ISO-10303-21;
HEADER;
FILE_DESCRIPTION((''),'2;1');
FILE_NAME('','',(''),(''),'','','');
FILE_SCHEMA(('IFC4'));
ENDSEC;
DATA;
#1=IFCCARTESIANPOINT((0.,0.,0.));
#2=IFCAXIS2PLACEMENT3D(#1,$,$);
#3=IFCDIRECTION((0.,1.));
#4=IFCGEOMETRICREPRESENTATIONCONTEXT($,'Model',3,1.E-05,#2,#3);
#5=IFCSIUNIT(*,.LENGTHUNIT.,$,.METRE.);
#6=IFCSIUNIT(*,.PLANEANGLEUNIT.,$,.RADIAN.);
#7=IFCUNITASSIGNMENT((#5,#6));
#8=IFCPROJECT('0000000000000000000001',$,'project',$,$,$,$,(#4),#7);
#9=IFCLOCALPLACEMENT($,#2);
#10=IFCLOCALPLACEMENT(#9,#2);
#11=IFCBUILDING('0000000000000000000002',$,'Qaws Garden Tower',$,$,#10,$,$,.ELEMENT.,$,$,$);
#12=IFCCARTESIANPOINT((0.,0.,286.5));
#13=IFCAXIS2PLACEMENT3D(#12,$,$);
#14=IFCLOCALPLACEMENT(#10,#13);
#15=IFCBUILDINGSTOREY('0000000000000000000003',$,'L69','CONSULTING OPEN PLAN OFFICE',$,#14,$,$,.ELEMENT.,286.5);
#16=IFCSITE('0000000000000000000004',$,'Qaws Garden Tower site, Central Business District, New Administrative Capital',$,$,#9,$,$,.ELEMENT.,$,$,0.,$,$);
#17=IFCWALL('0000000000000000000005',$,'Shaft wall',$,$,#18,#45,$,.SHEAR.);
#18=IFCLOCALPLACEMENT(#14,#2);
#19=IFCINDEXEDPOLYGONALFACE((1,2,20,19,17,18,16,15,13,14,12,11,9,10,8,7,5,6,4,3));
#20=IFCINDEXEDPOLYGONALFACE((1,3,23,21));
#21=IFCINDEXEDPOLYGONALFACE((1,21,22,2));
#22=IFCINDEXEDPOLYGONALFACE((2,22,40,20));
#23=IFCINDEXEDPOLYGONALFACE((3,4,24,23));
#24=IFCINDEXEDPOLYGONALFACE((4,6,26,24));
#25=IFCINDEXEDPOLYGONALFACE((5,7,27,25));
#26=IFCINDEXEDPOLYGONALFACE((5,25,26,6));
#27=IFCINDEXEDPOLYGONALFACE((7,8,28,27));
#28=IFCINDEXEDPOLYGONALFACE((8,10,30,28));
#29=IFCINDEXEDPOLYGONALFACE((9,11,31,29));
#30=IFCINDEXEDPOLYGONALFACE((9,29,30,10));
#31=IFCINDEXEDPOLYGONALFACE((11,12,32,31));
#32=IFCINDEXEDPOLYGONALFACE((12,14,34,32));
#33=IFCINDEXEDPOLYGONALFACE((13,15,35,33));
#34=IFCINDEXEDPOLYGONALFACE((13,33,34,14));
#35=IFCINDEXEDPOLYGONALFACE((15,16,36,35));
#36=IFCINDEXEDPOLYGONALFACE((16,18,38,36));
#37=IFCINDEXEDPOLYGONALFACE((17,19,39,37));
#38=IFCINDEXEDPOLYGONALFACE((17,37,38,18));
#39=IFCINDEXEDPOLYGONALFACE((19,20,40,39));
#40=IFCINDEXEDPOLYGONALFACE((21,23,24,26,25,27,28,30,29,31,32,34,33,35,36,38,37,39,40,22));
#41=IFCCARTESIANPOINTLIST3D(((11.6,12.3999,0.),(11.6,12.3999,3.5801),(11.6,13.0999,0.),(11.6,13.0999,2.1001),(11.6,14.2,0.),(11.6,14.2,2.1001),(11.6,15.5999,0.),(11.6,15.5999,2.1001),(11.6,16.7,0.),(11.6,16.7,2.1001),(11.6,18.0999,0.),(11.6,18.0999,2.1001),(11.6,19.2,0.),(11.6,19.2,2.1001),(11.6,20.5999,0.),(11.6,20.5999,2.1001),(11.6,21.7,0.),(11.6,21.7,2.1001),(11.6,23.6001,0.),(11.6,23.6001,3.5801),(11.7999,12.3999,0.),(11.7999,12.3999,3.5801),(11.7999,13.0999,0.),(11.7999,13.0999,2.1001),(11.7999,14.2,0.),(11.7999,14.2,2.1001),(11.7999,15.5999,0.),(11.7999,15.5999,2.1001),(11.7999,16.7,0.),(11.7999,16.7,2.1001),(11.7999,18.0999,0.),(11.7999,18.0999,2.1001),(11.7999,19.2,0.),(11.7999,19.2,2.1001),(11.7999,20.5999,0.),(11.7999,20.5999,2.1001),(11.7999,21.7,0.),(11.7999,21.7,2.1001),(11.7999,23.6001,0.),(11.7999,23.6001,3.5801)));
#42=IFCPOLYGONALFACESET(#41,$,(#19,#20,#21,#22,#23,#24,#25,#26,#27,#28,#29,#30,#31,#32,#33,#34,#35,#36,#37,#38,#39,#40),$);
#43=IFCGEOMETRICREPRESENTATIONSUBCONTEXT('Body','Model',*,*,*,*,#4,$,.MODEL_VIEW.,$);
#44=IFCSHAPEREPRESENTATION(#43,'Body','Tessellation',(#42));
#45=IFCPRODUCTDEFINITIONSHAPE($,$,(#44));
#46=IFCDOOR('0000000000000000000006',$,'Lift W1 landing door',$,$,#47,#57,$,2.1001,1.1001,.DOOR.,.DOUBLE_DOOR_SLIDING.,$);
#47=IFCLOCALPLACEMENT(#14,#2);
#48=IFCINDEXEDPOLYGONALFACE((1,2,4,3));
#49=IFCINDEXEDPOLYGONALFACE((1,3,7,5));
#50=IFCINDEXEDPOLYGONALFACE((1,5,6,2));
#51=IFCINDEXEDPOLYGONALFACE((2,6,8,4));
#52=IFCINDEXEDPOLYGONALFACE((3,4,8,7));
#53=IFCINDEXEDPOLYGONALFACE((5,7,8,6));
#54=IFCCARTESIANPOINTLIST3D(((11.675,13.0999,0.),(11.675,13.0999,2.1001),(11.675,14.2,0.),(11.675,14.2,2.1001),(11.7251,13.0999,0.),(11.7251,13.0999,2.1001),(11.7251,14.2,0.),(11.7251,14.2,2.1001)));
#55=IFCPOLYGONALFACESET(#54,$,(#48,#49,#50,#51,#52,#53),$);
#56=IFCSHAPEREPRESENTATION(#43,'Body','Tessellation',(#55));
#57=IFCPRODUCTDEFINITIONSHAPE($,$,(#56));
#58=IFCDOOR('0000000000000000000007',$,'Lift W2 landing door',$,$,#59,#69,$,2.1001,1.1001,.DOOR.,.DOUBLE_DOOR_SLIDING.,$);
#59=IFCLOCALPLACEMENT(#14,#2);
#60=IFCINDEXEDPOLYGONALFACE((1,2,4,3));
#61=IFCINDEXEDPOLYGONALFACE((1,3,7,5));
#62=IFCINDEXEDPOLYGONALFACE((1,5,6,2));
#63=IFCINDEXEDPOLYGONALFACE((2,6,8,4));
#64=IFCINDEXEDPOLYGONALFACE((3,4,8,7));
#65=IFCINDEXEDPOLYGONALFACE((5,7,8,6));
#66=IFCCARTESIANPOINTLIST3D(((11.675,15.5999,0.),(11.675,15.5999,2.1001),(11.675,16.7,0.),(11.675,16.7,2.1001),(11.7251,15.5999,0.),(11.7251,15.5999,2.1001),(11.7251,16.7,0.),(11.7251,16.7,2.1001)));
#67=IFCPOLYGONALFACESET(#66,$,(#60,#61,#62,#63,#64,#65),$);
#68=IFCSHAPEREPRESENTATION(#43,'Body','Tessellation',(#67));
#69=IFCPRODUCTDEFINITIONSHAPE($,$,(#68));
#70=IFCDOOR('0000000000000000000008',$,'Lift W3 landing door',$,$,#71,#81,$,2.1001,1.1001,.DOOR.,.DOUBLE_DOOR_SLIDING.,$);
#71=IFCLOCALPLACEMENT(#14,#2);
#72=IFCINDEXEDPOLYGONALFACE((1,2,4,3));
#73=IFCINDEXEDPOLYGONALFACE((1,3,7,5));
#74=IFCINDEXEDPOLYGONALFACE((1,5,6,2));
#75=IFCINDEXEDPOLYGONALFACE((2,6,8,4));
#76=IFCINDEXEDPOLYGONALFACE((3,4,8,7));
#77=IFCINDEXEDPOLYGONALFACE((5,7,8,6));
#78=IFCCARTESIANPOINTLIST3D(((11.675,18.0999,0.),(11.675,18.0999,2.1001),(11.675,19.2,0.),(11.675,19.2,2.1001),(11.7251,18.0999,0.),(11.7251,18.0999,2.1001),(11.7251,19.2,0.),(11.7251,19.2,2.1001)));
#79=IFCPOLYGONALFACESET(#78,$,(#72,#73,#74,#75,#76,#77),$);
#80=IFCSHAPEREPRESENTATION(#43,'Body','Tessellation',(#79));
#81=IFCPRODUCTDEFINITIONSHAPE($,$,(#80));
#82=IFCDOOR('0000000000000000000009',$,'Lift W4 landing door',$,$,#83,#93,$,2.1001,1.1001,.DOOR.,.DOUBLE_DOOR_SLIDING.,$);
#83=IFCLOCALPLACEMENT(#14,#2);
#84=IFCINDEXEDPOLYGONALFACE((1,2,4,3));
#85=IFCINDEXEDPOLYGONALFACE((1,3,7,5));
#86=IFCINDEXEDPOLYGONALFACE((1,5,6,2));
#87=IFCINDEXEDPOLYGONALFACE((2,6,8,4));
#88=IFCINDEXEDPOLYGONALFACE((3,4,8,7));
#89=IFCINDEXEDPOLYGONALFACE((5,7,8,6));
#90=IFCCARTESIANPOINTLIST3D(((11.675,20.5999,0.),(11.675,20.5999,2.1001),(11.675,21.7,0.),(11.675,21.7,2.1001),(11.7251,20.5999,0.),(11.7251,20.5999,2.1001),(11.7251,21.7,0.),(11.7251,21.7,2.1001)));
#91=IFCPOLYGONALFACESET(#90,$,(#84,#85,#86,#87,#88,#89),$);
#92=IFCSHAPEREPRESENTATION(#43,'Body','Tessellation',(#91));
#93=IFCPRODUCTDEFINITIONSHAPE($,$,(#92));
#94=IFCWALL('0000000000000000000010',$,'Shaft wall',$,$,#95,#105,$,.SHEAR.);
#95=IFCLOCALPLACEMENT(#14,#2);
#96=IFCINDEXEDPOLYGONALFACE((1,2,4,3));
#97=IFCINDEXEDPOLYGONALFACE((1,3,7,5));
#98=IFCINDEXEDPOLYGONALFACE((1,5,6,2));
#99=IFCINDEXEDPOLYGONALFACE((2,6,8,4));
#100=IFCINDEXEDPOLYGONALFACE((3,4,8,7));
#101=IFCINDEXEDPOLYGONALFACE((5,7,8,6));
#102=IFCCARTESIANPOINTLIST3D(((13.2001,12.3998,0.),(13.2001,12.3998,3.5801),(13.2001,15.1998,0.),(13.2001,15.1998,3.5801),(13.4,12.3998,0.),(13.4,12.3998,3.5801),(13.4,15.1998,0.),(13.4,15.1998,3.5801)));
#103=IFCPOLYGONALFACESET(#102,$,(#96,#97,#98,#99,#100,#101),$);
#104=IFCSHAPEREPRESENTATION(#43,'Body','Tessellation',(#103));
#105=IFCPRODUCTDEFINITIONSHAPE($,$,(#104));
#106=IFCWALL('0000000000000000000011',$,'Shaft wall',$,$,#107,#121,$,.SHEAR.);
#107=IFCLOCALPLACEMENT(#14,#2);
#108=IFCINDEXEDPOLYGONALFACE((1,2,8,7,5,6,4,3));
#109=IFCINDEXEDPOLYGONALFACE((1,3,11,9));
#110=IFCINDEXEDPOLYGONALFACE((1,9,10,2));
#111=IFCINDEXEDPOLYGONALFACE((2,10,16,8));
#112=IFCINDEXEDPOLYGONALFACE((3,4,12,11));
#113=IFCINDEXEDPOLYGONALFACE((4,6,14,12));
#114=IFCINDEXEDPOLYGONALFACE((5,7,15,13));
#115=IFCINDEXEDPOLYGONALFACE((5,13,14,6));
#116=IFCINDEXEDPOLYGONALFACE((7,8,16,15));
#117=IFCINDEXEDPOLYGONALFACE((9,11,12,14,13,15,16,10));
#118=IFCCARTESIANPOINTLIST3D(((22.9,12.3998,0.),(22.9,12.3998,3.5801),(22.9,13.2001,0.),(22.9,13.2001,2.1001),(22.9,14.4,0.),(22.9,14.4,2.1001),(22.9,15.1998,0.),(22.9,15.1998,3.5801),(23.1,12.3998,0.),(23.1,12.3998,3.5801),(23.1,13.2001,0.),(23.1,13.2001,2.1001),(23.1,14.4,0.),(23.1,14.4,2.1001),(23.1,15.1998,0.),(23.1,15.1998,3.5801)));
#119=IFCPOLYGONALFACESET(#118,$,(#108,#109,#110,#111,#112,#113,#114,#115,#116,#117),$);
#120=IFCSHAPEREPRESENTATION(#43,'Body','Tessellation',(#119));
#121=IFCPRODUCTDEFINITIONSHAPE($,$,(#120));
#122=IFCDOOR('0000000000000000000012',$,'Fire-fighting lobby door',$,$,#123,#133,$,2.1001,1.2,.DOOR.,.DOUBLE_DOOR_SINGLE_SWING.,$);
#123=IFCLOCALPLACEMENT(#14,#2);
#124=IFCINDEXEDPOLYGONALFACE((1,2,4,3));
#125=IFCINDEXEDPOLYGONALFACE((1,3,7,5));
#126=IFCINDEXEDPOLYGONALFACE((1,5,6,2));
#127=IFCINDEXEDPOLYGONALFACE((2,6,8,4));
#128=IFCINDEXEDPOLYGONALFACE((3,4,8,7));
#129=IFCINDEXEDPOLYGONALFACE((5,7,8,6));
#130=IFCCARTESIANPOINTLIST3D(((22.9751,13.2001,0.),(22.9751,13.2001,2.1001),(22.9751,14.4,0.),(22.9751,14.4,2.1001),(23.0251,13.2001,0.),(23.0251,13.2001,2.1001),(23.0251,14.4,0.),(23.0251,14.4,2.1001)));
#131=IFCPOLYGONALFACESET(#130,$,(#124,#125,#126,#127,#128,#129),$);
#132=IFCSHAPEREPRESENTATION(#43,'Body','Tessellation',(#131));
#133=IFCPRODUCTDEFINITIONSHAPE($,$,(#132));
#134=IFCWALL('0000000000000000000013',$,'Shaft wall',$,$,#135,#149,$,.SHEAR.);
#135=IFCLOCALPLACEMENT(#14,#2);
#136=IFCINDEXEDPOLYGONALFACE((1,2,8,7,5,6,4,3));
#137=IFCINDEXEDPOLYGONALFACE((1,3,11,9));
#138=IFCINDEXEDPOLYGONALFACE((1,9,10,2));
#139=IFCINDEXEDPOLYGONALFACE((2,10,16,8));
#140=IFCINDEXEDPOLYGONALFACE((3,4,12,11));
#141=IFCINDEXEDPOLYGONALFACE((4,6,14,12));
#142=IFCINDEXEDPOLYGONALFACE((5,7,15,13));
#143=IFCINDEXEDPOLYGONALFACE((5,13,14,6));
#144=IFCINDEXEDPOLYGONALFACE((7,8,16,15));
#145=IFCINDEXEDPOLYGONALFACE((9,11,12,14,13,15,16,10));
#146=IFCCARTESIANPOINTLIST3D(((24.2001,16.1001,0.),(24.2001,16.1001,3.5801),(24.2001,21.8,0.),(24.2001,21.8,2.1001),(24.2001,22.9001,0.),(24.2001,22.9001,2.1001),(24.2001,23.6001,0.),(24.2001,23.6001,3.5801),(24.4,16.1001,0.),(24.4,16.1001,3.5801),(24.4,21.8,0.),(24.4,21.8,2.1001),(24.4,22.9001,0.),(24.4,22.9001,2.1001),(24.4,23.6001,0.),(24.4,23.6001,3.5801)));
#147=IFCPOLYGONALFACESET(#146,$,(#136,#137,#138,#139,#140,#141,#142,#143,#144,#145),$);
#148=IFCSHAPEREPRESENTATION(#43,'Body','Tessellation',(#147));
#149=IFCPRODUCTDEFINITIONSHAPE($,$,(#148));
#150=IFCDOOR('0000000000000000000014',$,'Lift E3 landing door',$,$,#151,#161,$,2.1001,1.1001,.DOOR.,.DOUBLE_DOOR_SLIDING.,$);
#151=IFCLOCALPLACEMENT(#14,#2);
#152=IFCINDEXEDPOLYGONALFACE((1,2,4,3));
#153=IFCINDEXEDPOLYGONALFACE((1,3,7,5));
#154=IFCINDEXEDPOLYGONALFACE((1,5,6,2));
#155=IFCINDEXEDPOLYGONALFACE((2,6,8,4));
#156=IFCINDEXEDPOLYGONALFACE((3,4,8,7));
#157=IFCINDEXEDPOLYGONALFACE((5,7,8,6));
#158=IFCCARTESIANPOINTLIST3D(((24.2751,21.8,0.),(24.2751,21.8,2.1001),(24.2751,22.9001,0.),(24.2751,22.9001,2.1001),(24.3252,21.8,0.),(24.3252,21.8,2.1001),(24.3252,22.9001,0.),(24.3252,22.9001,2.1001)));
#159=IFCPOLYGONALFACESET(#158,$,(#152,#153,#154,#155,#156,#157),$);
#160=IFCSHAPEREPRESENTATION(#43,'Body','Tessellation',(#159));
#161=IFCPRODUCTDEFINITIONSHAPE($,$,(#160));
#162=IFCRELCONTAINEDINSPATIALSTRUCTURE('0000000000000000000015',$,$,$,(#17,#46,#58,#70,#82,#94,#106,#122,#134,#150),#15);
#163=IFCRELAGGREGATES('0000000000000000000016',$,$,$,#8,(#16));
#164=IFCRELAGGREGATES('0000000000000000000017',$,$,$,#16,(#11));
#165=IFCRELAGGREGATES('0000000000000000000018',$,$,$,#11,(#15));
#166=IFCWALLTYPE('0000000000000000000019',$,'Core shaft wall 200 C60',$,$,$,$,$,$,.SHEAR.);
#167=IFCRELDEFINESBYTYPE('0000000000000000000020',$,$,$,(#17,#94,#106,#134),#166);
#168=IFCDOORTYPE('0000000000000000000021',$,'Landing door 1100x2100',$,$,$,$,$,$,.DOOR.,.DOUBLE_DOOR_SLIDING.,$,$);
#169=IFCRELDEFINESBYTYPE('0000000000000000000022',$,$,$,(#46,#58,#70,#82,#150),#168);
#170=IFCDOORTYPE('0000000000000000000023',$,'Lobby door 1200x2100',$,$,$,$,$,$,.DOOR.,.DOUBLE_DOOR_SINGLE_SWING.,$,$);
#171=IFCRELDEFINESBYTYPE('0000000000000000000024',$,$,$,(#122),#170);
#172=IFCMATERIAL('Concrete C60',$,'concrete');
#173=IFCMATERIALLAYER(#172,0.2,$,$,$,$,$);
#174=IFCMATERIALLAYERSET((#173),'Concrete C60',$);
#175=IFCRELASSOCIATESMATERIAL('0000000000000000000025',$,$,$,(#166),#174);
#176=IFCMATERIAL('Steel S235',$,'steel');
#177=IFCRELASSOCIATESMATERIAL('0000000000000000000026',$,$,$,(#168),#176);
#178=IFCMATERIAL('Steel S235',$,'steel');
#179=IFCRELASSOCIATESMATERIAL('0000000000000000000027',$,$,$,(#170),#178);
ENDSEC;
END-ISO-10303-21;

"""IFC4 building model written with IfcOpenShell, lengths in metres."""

from ifc_helpers import new_model, si_unit, direction, frame, frame_2d, origin, place, context, subcontext, project, spatial, rectangle, extrude, material, layer, layer_set, type_object, element, fill, save


model = new_model("IFC4")

# Units and contexts
model_context = context("Model", 3, precision=1e-05, world=origin(), true_north=direction((0.0, 1.0)))
body_context = subcontext(model_context, "Body", "Model", "MODEL_VIEW")
ifc_project = project(units=[si_unit("LENGTHUNIT", "METRE"), si_unit("PLANEANGLEUNIT", "RADIAN")], contexts=[model_context])

# Site, building, storey
site_placement = place(None, origin())
site = spatial("IfcSite", under=ifc_project, at=site_placement, Name="Qaws Garden Tower site, Central Business District, New Administrative Capital", CompositionType="ELEMENT", RefElevation=0.0)
building_placement = place(site_placement, origin())
building = spatial("IfcBuilding", under=site, at=building_placement, Name="Qaws Garden Tower", CompositionType="ELEMENT")
storey_placement = place(building_placement, frame((0.0, 0.0, 286.5)))
storey = spatial("IfcBuildingStorey", under=building, at=storey_placement, Name="L69", Description="CONSULTING OPEN PLAN OFFICE", CompositionType="ELEMENT", Elevation=286.5)

# Shared definitions
ifc_material_1 = material(Name="Concrete C60", Category="concrete")
ifc_layer_1 = layer(ifc_material_1, 0.2)
ifc_layer_set_1 = layer_set([ifc_layer_1], Name="Concrete C60")
wall_type_1 = type_object("IfcWallType", Name="Core shaft wall 200 C60", PredefinedType="SHEAR", material=ifc_layer_set_1)
ifc_material_2 = material(Name="Steel S235", Category="steel")
door_type_1 = type_object("IfcDoorType", Name="Landing door 1100x2100", OperationType="DOUBLE_DOOR_SLIDING", PredefinedType="DOOR", material=ifc_material_2)

# Wall, openings, doors
wall_1_placement = place(storey_placement, frame((11.7, 12.3999, 0.0), z_axis=(0.0, 0.0, 1.0), x_axis=(0.0, 1.0, 0.0)))
wall_1 = element("IfcWall", 1, at=wall_1_placement, inside=storey, type_object=wall_type_1, Name="Shaft wall", PredefinedType="SHEAR", context=body_context, shape_type="SweptSolid", body=[
    extrude(rectangle(XDim=11.2002, YDim=0.2, at=frame_2d((5.6001, 0.0))), origin(), (0.0, 0.0, 1.0), 3.5801),
])
opening_1_placement = place(wall_1_placement, frame((0.7, 0.0, 0.0)))
opening_1 = element("IfcOpeningElement", 2, at=opening_1_placement, cuts=wall_1, PredefinedType="OPENING", context=body_context, shape_type="SweptSolid", body=[
    extrude(rectangle(XDim=1.1001, YDim=2.1001, at=frame_2d((0.55, 1.05))), frame((0.0, 0.1099, 0.0), z_axis=(0.0, -1.0, 0.0), x_axis=(1.0, 0.0, 0.0)), (0.0, 0.0, 1.0), 0.22),
])
opening_2_placement = place(wall_1_placement, frame((3.2, 0.0, 0.0)))
opening_2 = element("IfcOpeningElement", 3, at=opening_2_placement, cuts=wall_1, PredefinedType="OPENING", context=body_context, shape_type="SweptSolid", body=[
    extrude(rectangle(XDim=1.1001, YDim=2.1001, at=frame_2d((0.55, 1.05))), frame((0.0, 0.1099, 0.0), z_axis=(0.0, -1.0, 0.0), x_axis=(1.0, 0.0, 0.0)), (0.0, 0.0, 1.0), 0.22),
])
opening_3_placement = place(wall_1_placement, frame((5.7, 0.0, 0.0)))
opening_3 = element("IfcOpeningElement", 4, at=opening_3_placement, cuts=wall_1, PredefinedType="OPENING", context=body_context, shape_type="SweptSolid", body=[
    extrude(rectangle(XDim=1.1001, YDim=2.1001, at=frame_2d((0.55, 1.05))), frame((0.0, 0.1099, 0.0), z_axis=(0.0, -1.0, 0.0), x_axis=(1.0, 0.0, 0.0)), (0.0, 0.0, 1.0), 0.22),
])
opening_4_placement = place(wall_1_placement, frame((8.2, 0.0, 0.0)))
opening_4 = element("IfcOpeningElement", 5, at=opening_4_placement, cuts=wall_1, PredefinedType="OPENING", context=body_context, shape_type="SweptSolid", body=[
    extrude(rectangle(XDim=1.1001, YDim=2.1001, at=frame_2d((0.55, 1.05))), frame((0.0, 0.1099, 0.0), z_axis=(0.0, -1.0, 0.0), x_axis=(1.0, 0.0, 0.0)), (0.0, 0.0, 1.0), 0.22),
])
door_1_placement = place(opening_1_placement, origin())
door_1 = element("IfcDoor", 6, at=door_1_placement, inside=storey, type_object=door_type_1, Name="Lift W1 landing door", OperationType="DOUBLE_DOOR_SLIDING", OverallHeight=2.1001, OverallWidth=1.1001, PredefinedType="DOOR", context=body_context, shape_type="SweptSolid", body=[
    extrude(rectangle(XDim=1.1001, YDim=2.1001, at=frame_2d((0.55, 1.05))), frame((0.0, 0.0249, 0.0), z_axis=(0.0, -1.0, 0.0), x_axis=(1.0, 0.0, 0.0)), (0.0, 0.0, 1.0), 0.05),
])
fill(opening_1, door_1)
door_2_placement = place(opening_2_placement, origin())
door_2 = element("IfcDoor", 7, at=door_2_placement, inside=storey, type_object=door_type_1, Name="Lift W2 landing door", OperationType="DOUBLE_DOOR_SLIDING", OverallHeight=2.1001, OverallWidth=1.1001, PredefinedType="DOOR", context=body_context, shape_type="SweptSolid", body=[
    extrude(rectangle(XDim=1.1001, YDim=2.1001, at=frame_2d((0.55, 1.05))), frame((0.0, 0.0249, 0.0), z_axis=(0.0, -1.0, 0.0), x_axis=(1.0, 0.0, 0.0)), (0.0, 0.0, 1.0), 0.05),
])
fill(opening_2, door_2)
door_3_placement = place(opening_3_placement, origin())
door_3 = element("IfcDoor", 8, at=door_3_placement, inside=storey, type_object=door_type_1, Name="Lift W3 landing door", OperationType="DOUBLE_DOOR_SLIDING", OverallHeight=2.1001, OverallWidth=1.1001, PredefinedType="DOOR", context=body_context, shape_type="SweptSolid", body=[
    extrude(rectangle(XDim=1.1001, YDim=2.1001, at=frame_2d((0.55, 1.05))), frame((0.0, 0.0249, 0.0), z_axis=(0.0, -1.0, 0.0), x_axis=(1.0, 0.0, 0.0)), (0.0, 0.0, 1.0), 0.05),
])
fill(opening_3, door_3)
door_4_placement = place(opening_4_placement, origin())
door_4 = element("IfcDoor", 9, at=door_4_placement, inside=storey, type_object=door_type_1, Name="Lift W4 landing door", OperationType="DOUBLE_DOOR_SLIDING", OverallHeight=2.1001, OverallWidth=1.1001, PredefinedType="DOOR", context=body_context, shape_type="SweptSolid", body=[
    extrude(rectangle(XDim=1.1001, YDim=2.1001, at=frame_2d((0.55, 1.05))), frame((0.0, 0.0249, 0.0), z_axis=(0.0, -1.0, 0.0), x_axis=(1.0, 0.0, 0.0)), (0.0, 0.0, 1.0), 0.05),
])
fill(opening_4, door_4)

# Wall
wall_2_placement = place(storey_placement, frame((13.3, 12.3999, 0.0), z_axis=(0.0, 0.0, 1.0), x_axis=(0.0, 1.0, 0.0)))
element("IfcWall", 10, at=wall_2_placement, inside=storey, type_object=wall_type_1, Name="Shaft wall", PredefinedType="SHEAR", context=body_context, shape_type="SweptSolid", body=[
    extrude(rectangle(XDim=2.8, YDim=0.2, at=frame_2d((1.3999, 0.0))), origin(), (0.0, 0.0, 1.0), 3.5801),
])

# Walls, openings, doors
wall_3_placement = place(storey_placement, frame((23.0, 12.3999, 0.0), z_axis=(0.0, 0.0, 1.0), x_axis=(0.0, 1.0, 0.0)))
wall_3 = element("IfcWall", 11, at=wall_3_placement, inside=storey, type_object=wall_type_1, Name="Shaft wall", PredefinedType="SHEAR", context=body_context, shape_type="SweptSolid", body=[
    extrude(rectangle(XDim=2.8, YDim=0.2, at=frame_2d((1.3999, 0.0))), origin(), (0.0, 0.0, 1.0), 3.5801),
])
opening_5_placement = place(wall_3_placement, frame((0.8, 0.0, 0.0)))
opening_5 = element("IfcOpeningElement", 12, at=opening_5_placement, cuts=wall_3, PredefinedType="OPENING", context=body_context, shape_type="SweptSolid", body=[
    extrude(rectangle(XDim=1.2, YDim=2.1001, at=frame_2d((0.6001, 1.05))), frame((0.0, 0.1099, 0.0), z_axis=(0.0, -1.0, 0.0), x_axis=(1.0, 0.0, 0.0)), (0.0, 0.0, 1.0), 0.22),
])
ifc_material_3 = material(Name="Steel S235", Category="steel")
door_type_2 = type_object("IfcDoorType", Name="Lobby door 1200x2100", OperationType="DOUBLE_DOOR_SINGLE_SWING", PredefinedType="DOOR", material=ifc_material_3)
door_5_placement = place(opening_5_placement, origin())
door_5 = element("IfcDoor", 13, at=door_5_placement, inside=storey, type_object=door_type_2, Name="Fire-fighting lobby door", OperationType="DOUBLE_DOOR_SINGLE_SWING", OverallHeight=2.1001, OverallWidth=1.2, PredefinedType="DOOR", context=body_context, shape_type="SweptSolid", body=[
    extrude(rectangle(XDim=1.2, YDim=2.1001, at=frame_2d((0.6001, 1.05))), frame((0.0, 0.0249, 0.0), z_axis=(0.0, -1.0, 0.0), x_axis=(1.0, 0.0, 0.0)), (0.0, 0.0, 1.0), 0.05),
])
fill(opening_5, door_5)
wall_4_placement = place(storey_placement, frame((24.3, 16.1001, 0.0), z_axis=(0.0, 0.0, 1.0), x_axis=(0.0, 1.0, 0.0)))
wall_4 = element("IfcWall", 14, at=wall_4_placement, inside=storey, type_object=wall_type_1, Name="Shaft wall", PredefinedType="SHEAR", context=body_context, shape_type="SweptSolid", body=[
    extrude(rectangle(XDim=7.5, YDim=0.2, at=frame_2d((3.75, 0.0))), origin(), (0.0, 0.0, 1.0), 3.5801),
])
opening_6_placement = place(wall_4_placement, frame((5.7, 0.0, 0.0)))
opening_6 = element("IfcOpeningElement", 15, at=opening_6_placement, cuts=wall_4, PredefinedType="OPENING", context=body_context, shape_type="SweptSolid", body=[
    extrude(rectangle(XDim=1.1001, YDim=2.1001, at=frame_2d((0.55, 1.05))), frame((0.0, 0.1099, 0.0), z_axis=(0.0, -1.0, 0.0), x_axis=(1.0, 0.0, 0.0)), (0.0, 0.0, 1.0), 0.22),
])
door_6_placement = place(opening_6_placement, origin())
door_6 = element("IfcDoor", 16, at=door_6_placement, inside=storey, type_object=door_type_1, Name="Lift E3 landing door", OperationType="DOUBLE_DOOR_SLIDING", OverallHeight=2.1001, OverallWidth=1.1001, PredefinedType="DOOR", context=body_context, shape_type="SweptSolid", body=[
    extrude(rectangle(XDim=1.1001, YDim=2.1001, at=frame_2d((0.55, 1.05))), frame((0.0, 0.0249, 0.0), z_axis=(0.0, -1.0, 0.0), x_axis=(1.0, 0.0, 0.0)), (0.0, 0.0, 1.0), 0.05),
])
fill(opening_6, door_6)

save(model, "model.ifc")
